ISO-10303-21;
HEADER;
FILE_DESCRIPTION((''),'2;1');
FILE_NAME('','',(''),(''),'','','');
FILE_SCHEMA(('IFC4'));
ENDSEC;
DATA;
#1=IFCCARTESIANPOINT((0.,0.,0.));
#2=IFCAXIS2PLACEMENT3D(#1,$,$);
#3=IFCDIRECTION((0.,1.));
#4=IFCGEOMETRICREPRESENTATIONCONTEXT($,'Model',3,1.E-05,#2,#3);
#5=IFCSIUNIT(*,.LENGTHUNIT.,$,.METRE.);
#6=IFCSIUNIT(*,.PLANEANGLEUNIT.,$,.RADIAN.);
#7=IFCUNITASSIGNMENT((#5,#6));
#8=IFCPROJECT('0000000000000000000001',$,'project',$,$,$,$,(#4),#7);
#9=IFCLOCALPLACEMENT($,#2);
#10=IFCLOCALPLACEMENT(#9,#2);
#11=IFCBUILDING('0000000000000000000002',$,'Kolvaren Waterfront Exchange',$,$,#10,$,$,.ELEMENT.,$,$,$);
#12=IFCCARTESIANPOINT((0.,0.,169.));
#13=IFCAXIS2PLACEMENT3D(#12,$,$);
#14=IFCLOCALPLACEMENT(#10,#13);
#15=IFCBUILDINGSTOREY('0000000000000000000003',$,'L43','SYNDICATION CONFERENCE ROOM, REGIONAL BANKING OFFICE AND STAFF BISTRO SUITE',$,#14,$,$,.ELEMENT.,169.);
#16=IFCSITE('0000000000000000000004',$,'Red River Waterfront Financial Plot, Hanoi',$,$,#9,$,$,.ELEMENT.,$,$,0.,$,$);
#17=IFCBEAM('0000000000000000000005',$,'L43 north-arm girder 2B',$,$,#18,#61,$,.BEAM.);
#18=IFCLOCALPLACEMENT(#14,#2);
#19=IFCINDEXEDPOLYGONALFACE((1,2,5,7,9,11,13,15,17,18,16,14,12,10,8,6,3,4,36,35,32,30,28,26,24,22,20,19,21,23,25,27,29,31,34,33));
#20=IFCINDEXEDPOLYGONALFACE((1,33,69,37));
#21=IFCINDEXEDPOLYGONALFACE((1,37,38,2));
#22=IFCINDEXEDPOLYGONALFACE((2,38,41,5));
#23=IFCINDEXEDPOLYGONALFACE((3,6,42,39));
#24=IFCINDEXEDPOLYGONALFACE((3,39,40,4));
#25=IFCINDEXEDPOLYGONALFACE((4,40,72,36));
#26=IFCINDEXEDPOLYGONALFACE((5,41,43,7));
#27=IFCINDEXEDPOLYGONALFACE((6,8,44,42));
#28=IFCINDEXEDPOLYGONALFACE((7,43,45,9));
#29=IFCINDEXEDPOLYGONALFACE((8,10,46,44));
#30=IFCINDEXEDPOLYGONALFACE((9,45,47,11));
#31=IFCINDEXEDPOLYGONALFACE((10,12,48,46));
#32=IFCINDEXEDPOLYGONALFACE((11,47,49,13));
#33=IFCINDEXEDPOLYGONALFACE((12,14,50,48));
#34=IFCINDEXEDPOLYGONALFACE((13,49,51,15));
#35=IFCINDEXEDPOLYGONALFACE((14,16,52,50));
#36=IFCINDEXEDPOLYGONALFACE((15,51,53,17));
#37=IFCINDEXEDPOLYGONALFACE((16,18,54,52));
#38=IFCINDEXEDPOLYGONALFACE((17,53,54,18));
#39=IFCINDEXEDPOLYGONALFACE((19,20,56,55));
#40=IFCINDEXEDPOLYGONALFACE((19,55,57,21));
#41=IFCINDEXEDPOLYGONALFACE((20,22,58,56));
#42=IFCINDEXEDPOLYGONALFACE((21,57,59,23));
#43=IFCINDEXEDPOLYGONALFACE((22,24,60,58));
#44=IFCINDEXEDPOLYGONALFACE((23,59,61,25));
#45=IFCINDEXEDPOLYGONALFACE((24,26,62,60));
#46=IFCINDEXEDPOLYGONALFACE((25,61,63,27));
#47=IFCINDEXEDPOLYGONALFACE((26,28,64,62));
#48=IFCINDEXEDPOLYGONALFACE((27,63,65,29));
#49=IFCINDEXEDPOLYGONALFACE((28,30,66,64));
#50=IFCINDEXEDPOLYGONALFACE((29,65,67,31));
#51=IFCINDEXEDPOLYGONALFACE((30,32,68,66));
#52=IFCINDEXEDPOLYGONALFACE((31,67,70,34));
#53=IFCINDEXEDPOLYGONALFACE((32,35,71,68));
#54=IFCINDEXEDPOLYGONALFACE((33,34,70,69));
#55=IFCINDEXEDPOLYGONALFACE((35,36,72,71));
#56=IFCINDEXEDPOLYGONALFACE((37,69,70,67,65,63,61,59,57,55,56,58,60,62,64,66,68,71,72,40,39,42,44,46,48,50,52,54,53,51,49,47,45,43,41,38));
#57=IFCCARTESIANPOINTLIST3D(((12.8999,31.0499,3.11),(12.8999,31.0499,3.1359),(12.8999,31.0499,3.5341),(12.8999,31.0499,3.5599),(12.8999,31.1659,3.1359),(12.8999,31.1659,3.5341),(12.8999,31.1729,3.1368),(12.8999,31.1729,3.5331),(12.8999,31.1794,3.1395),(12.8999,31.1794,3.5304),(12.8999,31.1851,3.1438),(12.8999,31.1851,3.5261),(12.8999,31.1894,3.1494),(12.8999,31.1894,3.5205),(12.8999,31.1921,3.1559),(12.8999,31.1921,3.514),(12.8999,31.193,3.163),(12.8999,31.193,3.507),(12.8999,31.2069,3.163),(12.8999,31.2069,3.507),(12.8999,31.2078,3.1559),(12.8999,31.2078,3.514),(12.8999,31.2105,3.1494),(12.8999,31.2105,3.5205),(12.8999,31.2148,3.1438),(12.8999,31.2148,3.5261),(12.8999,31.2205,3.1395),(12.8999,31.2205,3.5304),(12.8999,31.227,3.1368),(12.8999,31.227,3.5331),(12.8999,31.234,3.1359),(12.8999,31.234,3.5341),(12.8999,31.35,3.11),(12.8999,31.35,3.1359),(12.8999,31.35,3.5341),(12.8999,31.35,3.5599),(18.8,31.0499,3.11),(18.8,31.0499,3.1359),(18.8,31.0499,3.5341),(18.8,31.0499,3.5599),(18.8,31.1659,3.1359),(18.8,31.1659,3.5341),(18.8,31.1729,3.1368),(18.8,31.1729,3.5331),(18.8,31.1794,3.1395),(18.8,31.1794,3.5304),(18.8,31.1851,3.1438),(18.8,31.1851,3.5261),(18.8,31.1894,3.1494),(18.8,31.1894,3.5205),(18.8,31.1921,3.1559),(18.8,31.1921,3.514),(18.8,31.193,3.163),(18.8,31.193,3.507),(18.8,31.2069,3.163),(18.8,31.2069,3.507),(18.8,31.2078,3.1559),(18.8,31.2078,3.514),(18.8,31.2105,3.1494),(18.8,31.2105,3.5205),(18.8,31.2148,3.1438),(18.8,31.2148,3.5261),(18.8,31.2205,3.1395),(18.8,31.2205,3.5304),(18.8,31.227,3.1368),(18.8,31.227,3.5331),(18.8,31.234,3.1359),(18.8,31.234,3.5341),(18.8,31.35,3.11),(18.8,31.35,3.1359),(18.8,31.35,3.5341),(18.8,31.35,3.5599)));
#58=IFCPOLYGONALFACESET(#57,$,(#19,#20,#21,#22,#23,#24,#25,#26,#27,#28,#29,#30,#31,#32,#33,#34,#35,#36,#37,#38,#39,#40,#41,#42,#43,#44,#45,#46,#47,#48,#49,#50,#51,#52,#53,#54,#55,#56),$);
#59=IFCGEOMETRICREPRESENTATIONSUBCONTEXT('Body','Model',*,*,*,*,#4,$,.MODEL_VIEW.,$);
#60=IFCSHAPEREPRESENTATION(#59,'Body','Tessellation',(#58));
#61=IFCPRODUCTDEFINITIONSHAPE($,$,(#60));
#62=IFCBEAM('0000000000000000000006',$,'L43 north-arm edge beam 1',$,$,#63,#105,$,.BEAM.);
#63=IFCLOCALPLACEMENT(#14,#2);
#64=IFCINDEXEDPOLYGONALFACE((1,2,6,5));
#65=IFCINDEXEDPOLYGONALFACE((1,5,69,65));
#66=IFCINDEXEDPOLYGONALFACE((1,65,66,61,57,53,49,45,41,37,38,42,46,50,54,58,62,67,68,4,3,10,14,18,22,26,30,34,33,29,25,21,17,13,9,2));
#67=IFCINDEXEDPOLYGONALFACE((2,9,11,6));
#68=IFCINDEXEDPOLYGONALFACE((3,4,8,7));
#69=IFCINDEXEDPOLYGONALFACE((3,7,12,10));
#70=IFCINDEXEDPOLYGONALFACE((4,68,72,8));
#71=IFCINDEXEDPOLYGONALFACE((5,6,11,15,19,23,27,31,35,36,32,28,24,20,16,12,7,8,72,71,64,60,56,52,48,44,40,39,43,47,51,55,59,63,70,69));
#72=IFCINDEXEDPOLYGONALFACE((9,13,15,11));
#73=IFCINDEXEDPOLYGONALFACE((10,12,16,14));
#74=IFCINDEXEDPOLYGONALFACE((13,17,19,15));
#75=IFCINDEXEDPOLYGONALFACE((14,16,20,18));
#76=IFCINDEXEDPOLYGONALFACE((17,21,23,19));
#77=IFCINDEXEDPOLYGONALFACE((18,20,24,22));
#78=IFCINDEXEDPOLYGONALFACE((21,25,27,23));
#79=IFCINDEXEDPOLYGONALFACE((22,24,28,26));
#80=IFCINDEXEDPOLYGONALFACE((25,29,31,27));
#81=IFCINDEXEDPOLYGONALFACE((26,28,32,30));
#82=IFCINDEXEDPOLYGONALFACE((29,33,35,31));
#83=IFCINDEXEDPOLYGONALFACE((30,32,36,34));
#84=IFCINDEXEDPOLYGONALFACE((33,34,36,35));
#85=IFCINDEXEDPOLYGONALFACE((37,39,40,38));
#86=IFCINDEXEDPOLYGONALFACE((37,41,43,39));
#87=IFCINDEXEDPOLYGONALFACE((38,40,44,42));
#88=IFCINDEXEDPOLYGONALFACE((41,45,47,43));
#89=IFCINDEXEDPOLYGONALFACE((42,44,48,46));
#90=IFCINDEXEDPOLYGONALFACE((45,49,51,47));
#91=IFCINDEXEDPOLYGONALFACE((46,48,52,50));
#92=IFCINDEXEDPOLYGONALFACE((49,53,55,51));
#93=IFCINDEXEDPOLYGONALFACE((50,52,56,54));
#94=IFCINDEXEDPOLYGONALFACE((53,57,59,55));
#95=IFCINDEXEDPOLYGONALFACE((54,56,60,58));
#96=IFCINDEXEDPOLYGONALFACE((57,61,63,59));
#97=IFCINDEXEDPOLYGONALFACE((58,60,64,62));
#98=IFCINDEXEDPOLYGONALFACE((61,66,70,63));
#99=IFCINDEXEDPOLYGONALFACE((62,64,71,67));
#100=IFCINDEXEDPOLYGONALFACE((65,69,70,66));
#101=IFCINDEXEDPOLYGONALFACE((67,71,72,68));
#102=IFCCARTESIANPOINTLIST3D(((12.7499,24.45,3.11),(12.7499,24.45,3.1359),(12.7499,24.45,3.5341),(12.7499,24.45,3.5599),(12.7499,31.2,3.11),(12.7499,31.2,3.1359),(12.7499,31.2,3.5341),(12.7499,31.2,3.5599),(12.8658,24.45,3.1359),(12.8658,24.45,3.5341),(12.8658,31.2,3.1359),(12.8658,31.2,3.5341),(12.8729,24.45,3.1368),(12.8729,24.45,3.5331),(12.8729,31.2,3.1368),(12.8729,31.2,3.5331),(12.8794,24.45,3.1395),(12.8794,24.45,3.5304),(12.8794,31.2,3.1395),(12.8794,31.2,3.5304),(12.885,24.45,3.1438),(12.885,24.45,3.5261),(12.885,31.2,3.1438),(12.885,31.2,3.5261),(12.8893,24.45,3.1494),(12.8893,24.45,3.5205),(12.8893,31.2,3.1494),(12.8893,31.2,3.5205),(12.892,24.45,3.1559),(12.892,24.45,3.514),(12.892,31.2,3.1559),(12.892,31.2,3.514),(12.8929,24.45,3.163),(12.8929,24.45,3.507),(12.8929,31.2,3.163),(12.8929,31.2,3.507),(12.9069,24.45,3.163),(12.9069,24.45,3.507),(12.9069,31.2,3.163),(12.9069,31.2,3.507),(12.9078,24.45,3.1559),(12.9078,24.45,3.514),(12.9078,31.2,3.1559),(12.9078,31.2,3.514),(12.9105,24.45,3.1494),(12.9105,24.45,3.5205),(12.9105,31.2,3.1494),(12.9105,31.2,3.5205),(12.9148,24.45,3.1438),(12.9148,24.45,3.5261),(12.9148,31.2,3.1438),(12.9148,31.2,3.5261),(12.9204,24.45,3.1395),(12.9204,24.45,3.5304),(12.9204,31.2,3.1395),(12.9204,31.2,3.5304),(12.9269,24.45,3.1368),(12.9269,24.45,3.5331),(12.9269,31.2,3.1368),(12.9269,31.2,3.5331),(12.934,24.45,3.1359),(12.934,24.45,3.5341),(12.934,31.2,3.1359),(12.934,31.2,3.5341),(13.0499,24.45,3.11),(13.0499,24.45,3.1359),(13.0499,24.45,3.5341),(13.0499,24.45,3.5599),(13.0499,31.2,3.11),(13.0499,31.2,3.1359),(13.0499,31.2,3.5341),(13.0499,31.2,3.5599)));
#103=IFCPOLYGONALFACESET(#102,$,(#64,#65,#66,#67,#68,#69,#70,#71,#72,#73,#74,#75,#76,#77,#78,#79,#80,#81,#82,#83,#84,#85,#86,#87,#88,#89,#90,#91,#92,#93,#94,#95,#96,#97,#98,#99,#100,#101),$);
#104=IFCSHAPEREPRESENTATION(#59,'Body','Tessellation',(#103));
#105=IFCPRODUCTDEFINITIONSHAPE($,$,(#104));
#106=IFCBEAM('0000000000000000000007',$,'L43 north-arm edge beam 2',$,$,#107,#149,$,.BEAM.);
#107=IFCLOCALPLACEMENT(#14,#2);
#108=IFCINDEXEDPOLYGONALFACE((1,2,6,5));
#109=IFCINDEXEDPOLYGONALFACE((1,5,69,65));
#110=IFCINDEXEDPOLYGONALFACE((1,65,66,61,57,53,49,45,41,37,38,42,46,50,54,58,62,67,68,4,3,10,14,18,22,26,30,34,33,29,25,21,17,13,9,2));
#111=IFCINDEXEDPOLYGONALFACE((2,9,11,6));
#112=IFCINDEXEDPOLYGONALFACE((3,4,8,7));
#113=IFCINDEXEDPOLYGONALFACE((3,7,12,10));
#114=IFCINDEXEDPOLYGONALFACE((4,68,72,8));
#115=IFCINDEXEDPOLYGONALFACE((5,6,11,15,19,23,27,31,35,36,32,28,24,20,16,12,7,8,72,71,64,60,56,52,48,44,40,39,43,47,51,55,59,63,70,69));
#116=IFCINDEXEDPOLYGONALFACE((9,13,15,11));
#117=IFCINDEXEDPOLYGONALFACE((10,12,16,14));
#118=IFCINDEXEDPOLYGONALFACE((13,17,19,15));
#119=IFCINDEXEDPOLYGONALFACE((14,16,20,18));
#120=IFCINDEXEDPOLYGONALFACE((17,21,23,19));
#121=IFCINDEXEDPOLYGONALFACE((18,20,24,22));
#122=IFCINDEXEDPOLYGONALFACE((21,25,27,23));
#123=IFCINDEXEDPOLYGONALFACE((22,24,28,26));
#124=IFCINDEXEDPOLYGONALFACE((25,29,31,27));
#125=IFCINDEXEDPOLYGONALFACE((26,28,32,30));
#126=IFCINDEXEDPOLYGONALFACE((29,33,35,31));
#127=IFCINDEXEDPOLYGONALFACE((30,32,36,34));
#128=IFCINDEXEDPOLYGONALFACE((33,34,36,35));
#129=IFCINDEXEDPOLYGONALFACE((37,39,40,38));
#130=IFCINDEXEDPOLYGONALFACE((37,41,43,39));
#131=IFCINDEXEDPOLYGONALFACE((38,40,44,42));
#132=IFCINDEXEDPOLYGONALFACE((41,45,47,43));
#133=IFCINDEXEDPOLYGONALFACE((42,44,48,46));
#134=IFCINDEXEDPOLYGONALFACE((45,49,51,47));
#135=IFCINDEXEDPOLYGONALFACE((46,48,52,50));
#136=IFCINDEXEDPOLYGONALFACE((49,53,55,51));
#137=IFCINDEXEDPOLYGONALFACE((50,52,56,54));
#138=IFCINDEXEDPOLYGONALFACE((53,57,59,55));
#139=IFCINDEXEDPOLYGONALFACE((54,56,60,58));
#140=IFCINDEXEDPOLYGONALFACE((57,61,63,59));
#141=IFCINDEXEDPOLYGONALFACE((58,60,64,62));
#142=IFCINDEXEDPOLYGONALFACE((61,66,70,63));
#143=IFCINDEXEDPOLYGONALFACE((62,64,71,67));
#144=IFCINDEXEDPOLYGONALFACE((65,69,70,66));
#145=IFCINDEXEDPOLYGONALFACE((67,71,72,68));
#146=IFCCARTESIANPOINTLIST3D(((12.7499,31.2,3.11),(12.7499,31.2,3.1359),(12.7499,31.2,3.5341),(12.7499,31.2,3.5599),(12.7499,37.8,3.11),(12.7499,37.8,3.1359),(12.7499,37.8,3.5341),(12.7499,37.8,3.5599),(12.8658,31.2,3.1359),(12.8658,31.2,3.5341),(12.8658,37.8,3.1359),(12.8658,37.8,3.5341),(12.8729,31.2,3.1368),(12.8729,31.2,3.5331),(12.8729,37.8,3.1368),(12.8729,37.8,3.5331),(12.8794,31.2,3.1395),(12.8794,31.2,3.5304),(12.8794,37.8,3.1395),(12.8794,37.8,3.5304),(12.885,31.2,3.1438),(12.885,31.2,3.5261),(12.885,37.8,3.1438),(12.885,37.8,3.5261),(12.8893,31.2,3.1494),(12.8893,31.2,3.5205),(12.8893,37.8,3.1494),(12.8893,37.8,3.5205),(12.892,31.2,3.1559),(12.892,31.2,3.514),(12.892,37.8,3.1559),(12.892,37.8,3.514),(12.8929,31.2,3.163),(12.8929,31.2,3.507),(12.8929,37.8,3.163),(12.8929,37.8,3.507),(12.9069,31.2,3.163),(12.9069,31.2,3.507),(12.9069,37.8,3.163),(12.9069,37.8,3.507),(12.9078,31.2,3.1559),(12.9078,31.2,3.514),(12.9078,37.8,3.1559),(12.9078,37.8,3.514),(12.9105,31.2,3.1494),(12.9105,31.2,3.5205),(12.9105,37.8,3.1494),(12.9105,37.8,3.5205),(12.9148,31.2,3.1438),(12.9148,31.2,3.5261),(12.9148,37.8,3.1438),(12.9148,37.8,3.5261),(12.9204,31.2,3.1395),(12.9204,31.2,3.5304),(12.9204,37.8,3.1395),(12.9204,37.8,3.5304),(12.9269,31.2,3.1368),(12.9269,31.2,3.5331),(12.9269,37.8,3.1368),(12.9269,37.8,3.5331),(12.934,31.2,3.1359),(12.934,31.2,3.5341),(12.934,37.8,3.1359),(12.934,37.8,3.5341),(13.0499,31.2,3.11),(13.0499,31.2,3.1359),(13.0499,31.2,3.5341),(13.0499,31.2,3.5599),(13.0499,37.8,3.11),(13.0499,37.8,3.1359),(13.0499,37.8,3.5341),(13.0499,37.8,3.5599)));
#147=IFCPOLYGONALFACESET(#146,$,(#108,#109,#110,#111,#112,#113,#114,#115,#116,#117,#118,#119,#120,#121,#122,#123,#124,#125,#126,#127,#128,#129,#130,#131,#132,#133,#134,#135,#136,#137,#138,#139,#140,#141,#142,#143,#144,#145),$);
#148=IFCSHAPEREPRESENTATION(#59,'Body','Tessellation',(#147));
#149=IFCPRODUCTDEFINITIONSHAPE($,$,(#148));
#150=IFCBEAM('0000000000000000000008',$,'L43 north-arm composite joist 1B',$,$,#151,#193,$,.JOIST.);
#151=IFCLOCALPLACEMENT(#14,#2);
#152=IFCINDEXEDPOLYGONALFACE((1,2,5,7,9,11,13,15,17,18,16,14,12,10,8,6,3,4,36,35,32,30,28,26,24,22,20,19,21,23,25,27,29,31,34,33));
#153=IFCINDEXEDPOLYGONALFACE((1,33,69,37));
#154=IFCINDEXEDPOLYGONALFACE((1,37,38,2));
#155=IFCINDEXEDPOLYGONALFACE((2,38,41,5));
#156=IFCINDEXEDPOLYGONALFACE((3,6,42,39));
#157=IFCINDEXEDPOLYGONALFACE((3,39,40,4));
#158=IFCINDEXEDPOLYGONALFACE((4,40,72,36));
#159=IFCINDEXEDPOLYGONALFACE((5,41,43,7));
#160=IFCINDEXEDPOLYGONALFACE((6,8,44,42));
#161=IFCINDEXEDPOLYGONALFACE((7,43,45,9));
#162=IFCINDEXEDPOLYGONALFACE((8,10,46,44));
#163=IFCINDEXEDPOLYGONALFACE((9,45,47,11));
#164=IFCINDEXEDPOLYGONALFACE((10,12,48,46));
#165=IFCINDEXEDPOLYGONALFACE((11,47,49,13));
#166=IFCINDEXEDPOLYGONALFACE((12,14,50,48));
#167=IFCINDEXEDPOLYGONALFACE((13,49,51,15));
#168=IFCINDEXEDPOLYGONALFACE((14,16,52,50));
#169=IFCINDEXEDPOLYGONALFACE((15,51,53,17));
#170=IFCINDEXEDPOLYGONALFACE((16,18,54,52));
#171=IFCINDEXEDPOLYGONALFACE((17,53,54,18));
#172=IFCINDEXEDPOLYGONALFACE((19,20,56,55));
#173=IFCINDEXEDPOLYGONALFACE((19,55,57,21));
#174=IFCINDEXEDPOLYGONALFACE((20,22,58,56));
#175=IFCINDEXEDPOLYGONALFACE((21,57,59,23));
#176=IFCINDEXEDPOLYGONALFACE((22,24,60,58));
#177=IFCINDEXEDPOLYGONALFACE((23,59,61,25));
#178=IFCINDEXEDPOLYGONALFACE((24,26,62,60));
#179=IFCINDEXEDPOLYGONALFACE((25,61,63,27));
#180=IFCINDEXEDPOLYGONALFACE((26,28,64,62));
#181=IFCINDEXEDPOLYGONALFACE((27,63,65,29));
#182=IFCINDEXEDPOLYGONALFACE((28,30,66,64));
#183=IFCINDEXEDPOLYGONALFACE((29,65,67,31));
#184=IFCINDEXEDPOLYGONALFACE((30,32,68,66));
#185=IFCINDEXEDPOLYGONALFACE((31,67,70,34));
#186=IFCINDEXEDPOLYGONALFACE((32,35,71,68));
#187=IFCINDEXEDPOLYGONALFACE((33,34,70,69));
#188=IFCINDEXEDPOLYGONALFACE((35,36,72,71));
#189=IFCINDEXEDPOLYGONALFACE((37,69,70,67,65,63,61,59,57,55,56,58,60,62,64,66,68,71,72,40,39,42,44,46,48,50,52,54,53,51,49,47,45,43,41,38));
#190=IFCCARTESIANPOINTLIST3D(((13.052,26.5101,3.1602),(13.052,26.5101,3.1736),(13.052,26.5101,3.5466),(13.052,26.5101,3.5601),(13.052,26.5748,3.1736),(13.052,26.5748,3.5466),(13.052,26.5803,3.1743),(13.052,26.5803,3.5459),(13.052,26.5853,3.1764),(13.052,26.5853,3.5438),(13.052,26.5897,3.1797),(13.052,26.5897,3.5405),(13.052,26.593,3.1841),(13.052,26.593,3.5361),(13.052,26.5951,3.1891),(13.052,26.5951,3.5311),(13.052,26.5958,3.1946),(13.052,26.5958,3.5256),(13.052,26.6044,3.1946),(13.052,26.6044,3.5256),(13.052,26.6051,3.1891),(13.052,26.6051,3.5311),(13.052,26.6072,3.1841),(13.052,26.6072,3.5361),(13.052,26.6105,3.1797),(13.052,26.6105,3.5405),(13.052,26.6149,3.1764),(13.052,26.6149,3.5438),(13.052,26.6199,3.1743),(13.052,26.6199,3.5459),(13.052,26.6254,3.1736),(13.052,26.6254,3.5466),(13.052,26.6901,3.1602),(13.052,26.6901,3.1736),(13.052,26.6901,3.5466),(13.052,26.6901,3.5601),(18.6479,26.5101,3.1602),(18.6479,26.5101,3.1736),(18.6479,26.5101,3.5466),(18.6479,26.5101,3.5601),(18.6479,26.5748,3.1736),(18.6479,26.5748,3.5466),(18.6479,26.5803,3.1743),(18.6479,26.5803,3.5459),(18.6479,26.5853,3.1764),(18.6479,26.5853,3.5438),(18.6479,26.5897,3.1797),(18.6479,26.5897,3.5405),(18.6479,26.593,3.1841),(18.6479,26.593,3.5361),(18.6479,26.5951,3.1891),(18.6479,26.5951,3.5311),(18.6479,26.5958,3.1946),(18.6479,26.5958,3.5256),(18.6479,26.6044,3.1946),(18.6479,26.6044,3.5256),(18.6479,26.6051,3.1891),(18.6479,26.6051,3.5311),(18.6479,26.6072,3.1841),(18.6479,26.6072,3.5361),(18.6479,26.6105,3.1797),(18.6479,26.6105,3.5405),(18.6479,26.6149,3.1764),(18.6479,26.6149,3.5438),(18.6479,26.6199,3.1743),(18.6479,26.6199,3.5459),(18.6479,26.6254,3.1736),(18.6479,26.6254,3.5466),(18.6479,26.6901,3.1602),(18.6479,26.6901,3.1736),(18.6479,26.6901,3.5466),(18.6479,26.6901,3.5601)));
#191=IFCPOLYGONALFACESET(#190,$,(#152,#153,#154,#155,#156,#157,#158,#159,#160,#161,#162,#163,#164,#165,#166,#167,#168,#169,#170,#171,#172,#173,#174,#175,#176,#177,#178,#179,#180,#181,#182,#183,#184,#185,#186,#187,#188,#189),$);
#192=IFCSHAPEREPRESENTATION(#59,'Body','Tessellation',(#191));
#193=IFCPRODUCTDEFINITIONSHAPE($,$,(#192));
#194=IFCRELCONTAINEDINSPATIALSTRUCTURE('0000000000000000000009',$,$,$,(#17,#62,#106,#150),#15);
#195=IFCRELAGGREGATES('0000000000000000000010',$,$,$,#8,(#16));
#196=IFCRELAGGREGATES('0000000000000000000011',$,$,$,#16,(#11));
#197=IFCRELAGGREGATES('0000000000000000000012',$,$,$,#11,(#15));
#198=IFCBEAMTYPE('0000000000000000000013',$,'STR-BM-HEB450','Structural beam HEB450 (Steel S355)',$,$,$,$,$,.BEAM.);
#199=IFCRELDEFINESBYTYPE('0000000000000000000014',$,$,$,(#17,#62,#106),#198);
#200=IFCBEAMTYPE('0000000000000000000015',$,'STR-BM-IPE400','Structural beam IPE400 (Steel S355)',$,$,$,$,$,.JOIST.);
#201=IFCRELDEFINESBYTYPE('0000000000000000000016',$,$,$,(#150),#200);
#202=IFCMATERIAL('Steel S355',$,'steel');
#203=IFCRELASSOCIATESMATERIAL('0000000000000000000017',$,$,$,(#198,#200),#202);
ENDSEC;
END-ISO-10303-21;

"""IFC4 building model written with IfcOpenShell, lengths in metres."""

from ifc_helpers import new_model, si_unit, direction, frame, origin, origin_2d, place, context, subcontext, project, spatial, i_section, extrude, material, material_profile, profile_set, type_object, element, save


model = new_model("IFC4")

# Units and contexts
model_context = context("Model", 3, precision=1e-05, world=origin(), true_north=direction((0.0, 1.0)))
body_context = subcontext(model_context, "Body", "Model", "MODEL_VIEW")
ifc_project = project(units=[si_unit("LENGTHUNIT", "METRE"), si_unit("PLANEANGLEUNIT", "RADIAN")], contexts=[model_context])

# Site, building, storey
site_placement = place(None, origin())
site = spatial("IfcSite", under=ifc_project, at=site_placement, Name="Red River Waterfront Financial Plot, Hanoi", CompositionType="ELEMENT", RefElevation=0.0)
building_placement = place(site_placement, origin())
building = spatial("IfcBuilding", under=site, at=building_placement, Name="Kolvaren Waterfront Exchange", CompositionType="ELEMENT")
storey_placement = place(building_placement, frame((0.0, 0.0, 169.0)))
storey = spatial("IfcBuildingStorey", under=building, at=storey_placement, Name="L43", Description="SYNDICATION CONFERENCE ROOM, REGIONAL BANKING OFFICE AND STAFF BISTRO SUITE", CompositionType="ELEMENT", Elevation=169.0)

# Beams
ifc_material_1 = material(Name="Steel S355", Category="steel")
ifc_material_profile_1 = material_profile(ifc_material_1, i_section(OverallWidth=0.3, OverallDepth=0.45, WebThickness=0.0139, FlangeThickness=0.0259, FilletRadius=0.0271, at=origin_2d()), Name="HEB450")
ifc_profile_set_1 = profile_set([ifc_material_profile_1], Name="Steel S355")
beam_type_1 = type_object("IfcBeamType", Name="STR-BM-HEB450", Description="Structural beam HEB450 (Steel S355)", PredefinedType="BEAM", material=ifc_profile_set_1)
beam_1_placement = place(storey_placement, frame((12.8999, 31.2, 3.335), z_axis=(1.0, 0.0, 0.0), x_axis=(0.0, 1.0, 0.0)))
element("IfcBeam", 1, at=beam_1_placement, inside=storey, type_object=beam_type_1, Name="L43 north-arm girder 2B", PredefinedType="BEAM", context=body_context, shape_type="SweptSolid", body=[
    extrude(i_section(OverallWidth=0.3, OverallDepth=0.45, WebThickness=0.0139, FlangeThickness=0.0259, FilletRadius=0.0271, at=origin_2d()), origin(), (0.0, 0.0, 1.0), 5.9001),
])
beam_2_placement = place(storey_placement, frame((12.8999, 24.45, 3.335), z_axis=(0.0, 1.0, 0.0), x_axis=(-1.0, 0.0, 0.0)))
element("IfcBeam", 2, at=beam_2_placement, inside=storey, type_object=beam_type_1, Name="L43 north-arm edge beam 1", PredefinedType="BEAM", context=body_context, shape_type="SweptSolid", body=[
    extrude(i_section(OverallWidth=0.3, OverallDepth=0.45, WebThickness=0.0139, FlangeThickness=0.0259, FilletRadius=0.0271, at=origin_2d()), origin(), (0.0, 0.0, 1.0), 6.75),
])
beam_3_placement = place(storey_placement, frame((12.8999, 31.2, 3.335), z_axis=(0.0, 1.0, 0.0), x_axis=(-1.0, 0.0, 0.0)))
element("IfcBeam", 3, at=beam_3_placement, inside=storey, type_object=beam_type_1, Name="L43 north-arm edge beam 2", PredefinedType="BEAM", context=body_context, shape_type="SweptSolid", body=[
    extrude(i_section(OverallWidth=0.3, OverallDepth=0.45, WebThickness=0.0139, FlangeThickness=0.0259, FilletRadius=0.0271, at=origin_2d()), origin(), (0.0, 0.0, 1.0), 6.6001),
])
ifc_material_profile_2 = material_profile(ifc_material_1, i_section(OverallWidth=0.1799, OverallDepth=0.3999, WebThickness=0.0085, FlangeThickness=0.0134, FilletRadius=0.021, at=origin_2d()), Name="IPE400")
ifc_profile_set_2 = profile_set([ifc_material_profile_2], Name="Steel S355")
beam_type_2 = type_object("IfcBeamType", Name="STR-BM-IPE400", Description="Structural beam IPE400 (Steel S355)", PredefinedType="JOIST", material=ifc_profile_set_2)
for number, where, z_axis, x_axis, name in (
    (4, (13.052, 26.6001, 3.3601), (1.0, 0.0, 0.0), (0.0, 1.0, 0.0), "L43 north-arm composite joist 1B"),
):
    element("IfcBeam", number, at=place(storey_placement, frame(where, z_axis=z_axis, x_axis=x_axis)), inside=storey, type_object=beam_type_2, Name=name, PredefinedType="JOIST", context=body_context, shape_type="SweptSolid", body=[
        extrude(i_section(OverallWidth=0.1799, OverallDepth=0.3999, WebThickness=0.0085, FlangeThickness=0.0134, FilletRadius=0.021, at=origin_2d()), origin(), (0.0, 0.0, 1.0), 5.5959),
    ])

save(model, "model.ifc")
